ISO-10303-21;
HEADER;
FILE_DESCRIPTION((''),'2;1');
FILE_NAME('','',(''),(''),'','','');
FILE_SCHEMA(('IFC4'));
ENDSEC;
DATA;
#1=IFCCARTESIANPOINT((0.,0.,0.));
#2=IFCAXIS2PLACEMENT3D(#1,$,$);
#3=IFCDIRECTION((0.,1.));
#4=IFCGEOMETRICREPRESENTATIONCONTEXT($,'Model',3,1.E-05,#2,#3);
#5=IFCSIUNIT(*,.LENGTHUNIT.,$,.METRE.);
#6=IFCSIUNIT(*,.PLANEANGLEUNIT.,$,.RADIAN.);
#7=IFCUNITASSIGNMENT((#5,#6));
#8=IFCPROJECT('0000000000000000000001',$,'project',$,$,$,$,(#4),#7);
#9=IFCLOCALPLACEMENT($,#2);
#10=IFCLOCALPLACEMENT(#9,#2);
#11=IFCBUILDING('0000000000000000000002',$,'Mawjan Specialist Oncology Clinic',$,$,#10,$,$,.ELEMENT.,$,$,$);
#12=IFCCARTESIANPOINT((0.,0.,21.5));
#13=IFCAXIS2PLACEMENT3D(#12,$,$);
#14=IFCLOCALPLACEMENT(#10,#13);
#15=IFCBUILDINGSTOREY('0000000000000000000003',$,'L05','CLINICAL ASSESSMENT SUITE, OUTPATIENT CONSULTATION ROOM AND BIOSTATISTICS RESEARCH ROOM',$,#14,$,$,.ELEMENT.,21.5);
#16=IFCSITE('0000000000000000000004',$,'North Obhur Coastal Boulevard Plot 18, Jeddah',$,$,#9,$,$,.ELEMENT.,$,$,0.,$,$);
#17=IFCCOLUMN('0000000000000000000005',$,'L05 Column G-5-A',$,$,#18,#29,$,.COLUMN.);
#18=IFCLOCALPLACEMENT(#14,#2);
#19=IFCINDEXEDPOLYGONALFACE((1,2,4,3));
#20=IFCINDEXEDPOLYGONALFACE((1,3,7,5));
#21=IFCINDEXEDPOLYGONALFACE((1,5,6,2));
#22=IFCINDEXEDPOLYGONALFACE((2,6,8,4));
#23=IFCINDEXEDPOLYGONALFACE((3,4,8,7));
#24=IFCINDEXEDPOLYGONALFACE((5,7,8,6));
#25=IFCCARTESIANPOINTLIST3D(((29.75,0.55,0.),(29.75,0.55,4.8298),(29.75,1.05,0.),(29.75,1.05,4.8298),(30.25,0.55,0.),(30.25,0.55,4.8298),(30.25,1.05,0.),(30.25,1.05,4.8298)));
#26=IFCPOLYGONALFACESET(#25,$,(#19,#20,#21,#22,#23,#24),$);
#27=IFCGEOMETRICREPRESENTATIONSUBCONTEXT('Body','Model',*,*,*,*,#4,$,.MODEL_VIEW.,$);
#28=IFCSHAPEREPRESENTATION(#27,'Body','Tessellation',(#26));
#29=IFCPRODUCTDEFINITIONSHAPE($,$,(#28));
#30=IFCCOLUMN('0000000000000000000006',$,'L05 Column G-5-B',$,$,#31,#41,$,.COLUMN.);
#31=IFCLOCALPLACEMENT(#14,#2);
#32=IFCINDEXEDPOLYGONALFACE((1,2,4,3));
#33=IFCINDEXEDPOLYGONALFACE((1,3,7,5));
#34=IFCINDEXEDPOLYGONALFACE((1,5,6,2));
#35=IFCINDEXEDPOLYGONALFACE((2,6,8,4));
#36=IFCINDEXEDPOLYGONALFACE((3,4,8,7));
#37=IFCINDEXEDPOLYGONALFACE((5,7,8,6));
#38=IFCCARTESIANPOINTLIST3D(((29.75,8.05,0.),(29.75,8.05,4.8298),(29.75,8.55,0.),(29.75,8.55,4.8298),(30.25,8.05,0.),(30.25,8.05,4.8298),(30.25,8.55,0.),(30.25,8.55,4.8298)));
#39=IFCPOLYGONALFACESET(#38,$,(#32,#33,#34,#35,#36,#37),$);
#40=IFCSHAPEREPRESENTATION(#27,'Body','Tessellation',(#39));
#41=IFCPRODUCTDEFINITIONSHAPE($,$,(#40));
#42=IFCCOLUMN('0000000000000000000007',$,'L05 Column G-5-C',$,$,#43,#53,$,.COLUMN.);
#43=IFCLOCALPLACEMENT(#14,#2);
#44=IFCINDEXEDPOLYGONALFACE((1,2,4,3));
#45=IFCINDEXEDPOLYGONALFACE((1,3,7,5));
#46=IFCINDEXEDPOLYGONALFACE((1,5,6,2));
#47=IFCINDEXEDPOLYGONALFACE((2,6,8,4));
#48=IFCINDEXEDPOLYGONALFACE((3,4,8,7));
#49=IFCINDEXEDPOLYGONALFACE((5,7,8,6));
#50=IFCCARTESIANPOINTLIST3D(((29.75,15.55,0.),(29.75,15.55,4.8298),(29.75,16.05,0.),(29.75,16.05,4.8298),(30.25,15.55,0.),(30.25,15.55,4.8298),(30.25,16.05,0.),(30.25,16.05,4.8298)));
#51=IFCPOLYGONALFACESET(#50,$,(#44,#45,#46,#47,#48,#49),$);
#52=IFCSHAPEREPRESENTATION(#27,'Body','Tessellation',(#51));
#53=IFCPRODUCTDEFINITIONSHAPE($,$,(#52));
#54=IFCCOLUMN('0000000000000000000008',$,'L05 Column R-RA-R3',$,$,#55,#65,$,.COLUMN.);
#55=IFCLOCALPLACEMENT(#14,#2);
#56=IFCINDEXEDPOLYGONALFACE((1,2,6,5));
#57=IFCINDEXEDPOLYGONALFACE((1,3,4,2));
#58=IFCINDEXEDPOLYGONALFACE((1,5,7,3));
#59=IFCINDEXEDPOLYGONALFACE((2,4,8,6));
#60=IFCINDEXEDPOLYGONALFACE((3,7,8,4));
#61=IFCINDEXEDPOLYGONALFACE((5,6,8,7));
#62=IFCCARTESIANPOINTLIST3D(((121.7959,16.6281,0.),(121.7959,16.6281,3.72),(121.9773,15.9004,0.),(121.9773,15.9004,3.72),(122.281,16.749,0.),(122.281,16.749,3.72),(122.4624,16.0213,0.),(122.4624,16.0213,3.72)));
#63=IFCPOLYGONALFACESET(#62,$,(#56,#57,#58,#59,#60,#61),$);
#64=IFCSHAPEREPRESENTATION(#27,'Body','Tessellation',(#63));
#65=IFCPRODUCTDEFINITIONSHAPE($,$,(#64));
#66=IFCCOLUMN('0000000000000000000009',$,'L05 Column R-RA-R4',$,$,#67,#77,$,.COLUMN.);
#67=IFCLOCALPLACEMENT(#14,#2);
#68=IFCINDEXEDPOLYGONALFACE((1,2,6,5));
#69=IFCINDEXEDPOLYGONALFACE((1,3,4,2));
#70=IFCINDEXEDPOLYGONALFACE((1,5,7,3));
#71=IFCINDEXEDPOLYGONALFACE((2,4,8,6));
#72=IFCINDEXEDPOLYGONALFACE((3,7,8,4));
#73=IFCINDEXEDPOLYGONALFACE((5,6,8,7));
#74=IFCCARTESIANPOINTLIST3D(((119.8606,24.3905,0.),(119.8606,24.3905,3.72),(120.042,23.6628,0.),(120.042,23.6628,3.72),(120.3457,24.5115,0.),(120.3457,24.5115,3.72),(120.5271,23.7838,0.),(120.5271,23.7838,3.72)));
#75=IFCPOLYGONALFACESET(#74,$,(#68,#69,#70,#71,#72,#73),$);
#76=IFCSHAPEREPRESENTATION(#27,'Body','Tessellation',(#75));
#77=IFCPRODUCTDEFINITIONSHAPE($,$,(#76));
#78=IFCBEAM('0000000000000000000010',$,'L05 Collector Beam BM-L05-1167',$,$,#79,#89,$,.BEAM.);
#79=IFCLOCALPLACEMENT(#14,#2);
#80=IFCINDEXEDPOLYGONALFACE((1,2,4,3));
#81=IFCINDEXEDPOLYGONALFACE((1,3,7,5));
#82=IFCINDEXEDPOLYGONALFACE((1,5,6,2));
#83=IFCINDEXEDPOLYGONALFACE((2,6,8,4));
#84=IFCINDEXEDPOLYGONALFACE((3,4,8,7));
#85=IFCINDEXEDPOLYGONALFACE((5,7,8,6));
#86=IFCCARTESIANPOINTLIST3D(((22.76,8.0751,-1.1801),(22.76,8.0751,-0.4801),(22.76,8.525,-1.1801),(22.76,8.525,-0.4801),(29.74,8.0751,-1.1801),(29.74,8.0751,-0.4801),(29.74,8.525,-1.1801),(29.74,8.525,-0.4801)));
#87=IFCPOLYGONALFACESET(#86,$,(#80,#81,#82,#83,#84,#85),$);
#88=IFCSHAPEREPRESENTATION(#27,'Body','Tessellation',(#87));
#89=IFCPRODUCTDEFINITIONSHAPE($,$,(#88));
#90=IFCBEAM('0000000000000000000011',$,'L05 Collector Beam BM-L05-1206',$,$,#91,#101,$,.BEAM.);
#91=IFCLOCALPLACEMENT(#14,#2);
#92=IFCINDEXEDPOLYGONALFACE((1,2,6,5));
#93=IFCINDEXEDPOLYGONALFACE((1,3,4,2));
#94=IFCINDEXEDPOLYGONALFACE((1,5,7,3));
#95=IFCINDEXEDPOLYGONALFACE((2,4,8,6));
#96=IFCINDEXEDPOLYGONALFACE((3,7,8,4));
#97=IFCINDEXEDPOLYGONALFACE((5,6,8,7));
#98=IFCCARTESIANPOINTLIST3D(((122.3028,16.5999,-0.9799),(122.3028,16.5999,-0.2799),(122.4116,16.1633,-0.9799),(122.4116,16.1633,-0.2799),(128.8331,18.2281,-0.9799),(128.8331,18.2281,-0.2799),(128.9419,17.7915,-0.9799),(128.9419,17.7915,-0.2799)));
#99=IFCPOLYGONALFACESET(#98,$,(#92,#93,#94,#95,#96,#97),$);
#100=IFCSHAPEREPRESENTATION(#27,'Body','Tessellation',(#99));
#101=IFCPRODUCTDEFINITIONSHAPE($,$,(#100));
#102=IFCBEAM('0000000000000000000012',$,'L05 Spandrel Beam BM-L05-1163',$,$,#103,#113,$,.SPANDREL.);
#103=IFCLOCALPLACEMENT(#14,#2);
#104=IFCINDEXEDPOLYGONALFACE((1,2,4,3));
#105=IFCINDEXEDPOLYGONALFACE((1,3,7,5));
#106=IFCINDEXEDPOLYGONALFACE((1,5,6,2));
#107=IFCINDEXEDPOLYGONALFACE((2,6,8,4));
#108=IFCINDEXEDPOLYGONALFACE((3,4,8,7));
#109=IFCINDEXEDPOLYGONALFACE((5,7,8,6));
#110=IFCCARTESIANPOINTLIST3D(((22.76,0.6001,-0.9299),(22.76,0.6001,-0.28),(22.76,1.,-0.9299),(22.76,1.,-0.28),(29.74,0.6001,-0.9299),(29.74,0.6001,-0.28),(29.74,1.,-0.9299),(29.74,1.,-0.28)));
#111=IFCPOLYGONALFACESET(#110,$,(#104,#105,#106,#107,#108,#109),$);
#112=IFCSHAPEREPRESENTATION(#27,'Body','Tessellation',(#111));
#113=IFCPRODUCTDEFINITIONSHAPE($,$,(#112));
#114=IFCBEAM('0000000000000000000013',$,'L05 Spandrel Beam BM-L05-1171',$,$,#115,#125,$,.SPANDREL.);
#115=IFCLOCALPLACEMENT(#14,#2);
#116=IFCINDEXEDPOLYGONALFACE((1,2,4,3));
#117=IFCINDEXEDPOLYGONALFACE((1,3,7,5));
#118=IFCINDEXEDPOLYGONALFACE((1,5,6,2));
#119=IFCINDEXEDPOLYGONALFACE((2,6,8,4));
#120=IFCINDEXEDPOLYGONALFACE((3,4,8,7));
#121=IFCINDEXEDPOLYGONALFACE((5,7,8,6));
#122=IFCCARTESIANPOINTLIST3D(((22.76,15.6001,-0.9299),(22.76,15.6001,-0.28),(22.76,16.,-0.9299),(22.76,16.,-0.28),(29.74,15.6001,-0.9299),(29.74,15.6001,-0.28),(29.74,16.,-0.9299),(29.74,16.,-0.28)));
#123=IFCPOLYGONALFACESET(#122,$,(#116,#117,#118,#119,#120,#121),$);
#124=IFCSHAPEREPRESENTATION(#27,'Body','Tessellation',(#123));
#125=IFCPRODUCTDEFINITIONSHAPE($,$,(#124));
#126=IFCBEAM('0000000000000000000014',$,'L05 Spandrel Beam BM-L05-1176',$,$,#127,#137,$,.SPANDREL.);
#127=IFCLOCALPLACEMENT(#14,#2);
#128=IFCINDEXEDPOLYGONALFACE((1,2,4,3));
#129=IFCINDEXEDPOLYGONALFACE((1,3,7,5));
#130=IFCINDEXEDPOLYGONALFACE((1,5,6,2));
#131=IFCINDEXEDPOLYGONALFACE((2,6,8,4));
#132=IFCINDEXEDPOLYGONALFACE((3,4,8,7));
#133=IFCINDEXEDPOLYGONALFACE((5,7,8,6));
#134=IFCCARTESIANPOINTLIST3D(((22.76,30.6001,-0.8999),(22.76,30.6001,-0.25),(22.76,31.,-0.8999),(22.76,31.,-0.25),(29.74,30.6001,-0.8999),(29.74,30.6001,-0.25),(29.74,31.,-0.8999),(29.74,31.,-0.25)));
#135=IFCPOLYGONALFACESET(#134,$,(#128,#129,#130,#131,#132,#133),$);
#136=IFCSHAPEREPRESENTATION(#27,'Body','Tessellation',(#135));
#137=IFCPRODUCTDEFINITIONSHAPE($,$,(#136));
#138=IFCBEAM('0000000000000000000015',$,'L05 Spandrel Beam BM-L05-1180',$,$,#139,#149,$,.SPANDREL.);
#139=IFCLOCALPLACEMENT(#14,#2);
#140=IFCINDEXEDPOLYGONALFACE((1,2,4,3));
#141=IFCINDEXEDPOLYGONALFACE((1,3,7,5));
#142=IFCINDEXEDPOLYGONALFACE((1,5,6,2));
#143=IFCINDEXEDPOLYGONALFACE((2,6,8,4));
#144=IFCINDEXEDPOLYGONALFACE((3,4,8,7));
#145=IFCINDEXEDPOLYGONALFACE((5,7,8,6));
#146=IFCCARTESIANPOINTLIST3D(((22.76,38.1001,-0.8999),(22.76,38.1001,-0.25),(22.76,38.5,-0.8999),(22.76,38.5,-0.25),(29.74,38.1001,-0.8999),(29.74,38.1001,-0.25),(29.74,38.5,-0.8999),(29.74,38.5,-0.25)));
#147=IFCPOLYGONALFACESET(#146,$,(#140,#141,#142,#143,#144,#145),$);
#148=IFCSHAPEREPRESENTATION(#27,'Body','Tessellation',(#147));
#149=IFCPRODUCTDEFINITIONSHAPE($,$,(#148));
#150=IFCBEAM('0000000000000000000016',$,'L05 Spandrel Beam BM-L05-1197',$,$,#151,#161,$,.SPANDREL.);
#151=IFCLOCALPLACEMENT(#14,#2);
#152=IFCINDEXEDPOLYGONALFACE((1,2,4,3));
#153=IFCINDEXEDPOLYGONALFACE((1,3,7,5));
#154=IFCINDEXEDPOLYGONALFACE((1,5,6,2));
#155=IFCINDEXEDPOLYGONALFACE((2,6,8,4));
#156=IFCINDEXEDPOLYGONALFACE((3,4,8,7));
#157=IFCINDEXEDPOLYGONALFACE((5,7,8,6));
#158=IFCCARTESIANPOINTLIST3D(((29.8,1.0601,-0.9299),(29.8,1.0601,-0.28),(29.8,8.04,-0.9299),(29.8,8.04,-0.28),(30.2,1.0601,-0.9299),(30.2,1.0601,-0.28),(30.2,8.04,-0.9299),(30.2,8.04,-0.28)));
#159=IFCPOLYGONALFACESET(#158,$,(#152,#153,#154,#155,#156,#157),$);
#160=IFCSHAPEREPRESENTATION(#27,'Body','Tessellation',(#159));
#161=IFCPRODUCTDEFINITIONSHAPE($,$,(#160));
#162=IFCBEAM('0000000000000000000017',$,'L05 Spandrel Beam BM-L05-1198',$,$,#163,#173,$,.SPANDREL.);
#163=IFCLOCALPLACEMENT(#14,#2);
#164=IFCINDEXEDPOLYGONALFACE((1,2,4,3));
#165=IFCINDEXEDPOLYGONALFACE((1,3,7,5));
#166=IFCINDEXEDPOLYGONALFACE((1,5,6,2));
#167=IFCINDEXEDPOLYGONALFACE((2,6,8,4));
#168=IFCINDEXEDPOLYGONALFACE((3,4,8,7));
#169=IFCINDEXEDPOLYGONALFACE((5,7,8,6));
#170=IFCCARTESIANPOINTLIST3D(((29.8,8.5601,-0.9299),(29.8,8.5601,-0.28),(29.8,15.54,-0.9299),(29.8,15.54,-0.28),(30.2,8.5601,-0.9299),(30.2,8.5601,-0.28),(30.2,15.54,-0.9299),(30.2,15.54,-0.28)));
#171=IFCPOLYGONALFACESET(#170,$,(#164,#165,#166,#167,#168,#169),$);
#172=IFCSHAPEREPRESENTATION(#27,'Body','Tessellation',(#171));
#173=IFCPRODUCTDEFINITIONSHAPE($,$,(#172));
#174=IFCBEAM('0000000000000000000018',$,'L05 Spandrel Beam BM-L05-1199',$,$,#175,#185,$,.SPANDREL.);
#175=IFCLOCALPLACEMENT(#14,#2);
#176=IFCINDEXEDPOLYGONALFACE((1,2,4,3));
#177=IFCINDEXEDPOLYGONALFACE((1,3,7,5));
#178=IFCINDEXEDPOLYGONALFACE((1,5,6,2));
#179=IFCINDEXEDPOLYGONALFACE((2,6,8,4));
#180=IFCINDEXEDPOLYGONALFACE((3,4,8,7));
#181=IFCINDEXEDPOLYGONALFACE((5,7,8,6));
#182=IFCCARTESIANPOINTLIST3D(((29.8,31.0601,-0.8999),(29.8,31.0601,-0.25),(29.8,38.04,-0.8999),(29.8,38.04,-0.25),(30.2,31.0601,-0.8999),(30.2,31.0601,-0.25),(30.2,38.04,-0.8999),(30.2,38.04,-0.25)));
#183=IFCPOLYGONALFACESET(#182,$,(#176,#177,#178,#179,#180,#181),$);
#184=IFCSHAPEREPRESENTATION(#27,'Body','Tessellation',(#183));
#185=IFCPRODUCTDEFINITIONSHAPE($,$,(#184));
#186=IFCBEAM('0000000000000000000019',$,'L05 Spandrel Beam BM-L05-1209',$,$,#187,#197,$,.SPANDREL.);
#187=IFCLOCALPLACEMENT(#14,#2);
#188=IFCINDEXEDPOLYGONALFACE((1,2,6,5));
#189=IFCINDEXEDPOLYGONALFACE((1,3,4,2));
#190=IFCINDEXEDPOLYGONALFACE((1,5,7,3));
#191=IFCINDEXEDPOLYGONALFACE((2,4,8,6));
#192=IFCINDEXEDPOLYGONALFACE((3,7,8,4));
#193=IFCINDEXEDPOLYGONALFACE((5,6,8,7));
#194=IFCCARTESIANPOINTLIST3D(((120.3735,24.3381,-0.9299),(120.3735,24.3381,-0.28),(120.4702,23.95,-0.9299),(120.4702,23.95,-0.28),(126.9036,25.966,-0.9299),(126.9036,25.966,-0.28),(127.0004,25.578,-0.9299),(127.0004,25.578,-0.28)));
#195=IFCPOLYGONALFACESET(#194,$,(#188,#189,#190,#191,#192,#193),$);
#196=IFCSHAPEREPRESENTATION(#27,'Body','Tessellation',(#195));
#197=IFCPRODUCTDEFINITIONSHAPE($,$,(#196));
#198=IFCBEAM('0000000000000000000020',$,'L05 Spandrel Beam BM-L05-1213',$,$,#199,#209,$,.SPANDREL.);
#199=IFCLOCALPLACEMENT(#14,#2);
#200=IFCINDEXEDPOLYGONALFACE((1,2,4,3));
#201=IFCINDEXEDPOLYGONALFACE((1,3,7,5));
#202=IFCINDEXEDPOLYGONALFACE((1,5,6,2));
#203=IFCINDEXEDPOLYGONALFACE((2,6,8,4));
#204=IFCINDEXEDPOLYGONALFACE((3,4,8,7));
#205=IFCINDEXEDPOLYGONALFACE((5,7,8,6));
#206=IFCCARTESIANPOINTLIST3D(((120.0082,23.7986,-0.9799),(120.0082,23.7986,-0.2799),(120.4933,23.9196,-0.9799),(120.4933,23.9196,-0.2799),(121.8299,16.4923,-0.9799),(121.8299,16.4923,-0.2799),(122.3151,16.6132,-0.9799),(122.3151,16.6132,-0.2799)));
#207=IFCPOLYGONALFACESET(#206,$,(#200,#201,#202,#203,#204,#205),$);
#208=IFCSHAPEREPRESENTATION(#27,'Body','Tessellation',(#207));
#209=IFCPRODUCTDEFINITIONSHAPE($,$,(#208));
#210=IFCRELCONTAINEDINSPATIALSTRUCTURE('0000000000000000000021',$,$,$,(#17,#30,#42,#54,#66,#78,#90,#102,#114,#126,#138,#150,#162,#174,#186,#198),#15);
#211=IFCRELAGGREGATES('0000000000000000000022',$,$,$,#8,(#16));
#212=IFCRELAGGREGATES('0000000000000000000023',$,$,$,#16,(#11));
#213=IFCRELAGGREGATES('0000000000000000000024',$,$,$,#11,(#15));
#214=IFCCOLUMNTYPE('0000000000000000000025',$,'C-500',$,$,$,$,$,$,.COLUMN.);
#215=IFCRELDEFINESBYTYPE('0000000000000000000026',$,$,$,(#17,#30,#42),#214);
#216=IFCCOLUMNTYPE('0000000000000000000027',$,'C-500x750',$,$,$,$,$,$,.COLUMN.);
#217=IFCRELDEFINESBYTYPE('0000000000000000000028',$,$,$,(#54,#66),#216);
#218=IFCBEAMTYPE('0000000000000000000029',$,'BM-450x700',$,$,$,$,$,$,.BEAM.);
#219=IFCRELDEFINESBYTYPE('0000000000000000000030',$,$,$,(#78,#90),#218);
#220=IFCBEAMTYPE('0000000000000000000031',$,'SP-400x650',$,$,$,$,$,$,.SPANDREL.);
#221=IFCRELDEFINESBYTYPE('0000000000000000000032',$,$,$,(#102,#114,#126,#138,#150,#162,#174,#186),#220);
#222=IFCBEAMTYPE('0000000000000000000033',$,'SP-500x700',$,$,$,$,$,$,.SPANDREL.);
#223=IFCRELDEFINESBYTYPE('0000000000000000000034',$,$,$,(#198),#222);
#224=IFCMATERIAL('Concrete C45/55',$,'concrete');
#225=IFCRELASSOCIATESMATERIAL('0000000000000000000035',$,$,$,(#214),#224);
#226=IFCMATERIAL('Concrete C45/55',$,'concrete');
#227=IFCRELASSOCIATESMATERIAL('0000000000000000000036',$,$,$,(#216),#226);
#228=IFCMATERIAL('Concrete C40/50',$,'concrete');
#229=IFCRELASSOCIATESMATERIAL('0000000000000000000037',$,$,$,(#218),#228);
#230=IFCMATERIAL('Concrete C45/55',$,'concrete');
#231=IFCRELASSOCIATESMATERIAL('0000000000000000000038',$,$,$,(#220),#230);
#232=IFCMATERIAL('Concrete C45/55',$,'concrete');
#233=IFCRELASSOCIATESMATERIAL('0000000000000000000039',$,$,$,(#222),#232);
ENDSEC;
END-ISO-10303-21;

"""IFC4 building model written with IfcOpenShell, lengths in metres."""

from ifc_helpers import new_model, si_unit, direction, frame, origin, origin_2d, place, context, subcontext, project, spatial, rectangle, extrude, material, material_profile, profile_set, type_object, element, save


model = new_model("IFC4")

# Units and contexts
model_context = context("Model", 3, precision=1e-05, world=origin(), true_north=direction((0.0, 1.0)))
body_context = subcontext(model_context, "Body", "Model", "MODEL_VIEW")
ifc_project = project(units=[si_unit("LENGTHUNIT", "METRE"), si_unit("PLANEANGLEUNIT", "RADIAN")], contexts=[model_context])

# Site, building, storey
site_placement = place(None, origin())
site = spatial("IfcSite", under=ifc_project, at=site_placement, Name="North Obhur Coastal Boulevard Plot 18, Jeddah", CompositionType="ELEMENT", RefElevation=0.0)
building_placement = place(site_placement, origin())
building = spatial("IfcBuilding", under=site, at=building_placement, Name="Mawjan Specialist Oncology Clinic", CompositionType="ELEMENT")
storey_placement = place(building_placement, frame((0.0, 0.0, 21.5)))
storey = spatial("IfcBuildingStorey", under=building, at=storey_placement, Name="L05", Description="CLINICAL ASSESSMENT SUITE, OUTPATIENT CONSULTATION ROOM AND BIOSTATISTICS RESEARCH ROOM", CompositionType="ELEMENT", Elevation=21.5)

# Columns
ifc_material_1 = material(Name="Concrete C45/55", Category="concrete")
ifc_material_profile_1 = material_profile(ifc_material_1, rectangle(XDim=0.5, YDim=0.5, at=origin_2d()), Name="RC COL 500x500", Category="concrete")
ifc_profile_set_1 = profile_set([ifc_material_profile_1], Name="Concrete C45/55")
column_type_1 = type_object("IfcColumnType", Name="C-500", PredefinedType="COLUMN", material=ifc_profile_set_1)
for number, where, z_axis, x_axis, name in (
    (1, (30.0, 0.8, 0.0), (0.0, 0.0, 1.0), (1.0, 0.0, 0.0), "L05 Column G-5-A"),
    (2, (30.0, 8.3, 0.0), (0.0, 0.0, 1.0), (1.0, 0.0, 0.0), "L05 Column G-5-B"),
    (3, (30.0, 15.8, 0.0), (0.0, 0.0, 1.0), (1.0, 0.0, 0.0), "L05 Column G-5-C"),
):
    element("IfcColumn", number, at=place(storey_placement, frame(where, z_axis=z_axis, x_axis=x_axis)), inside=storey, type_object=column_type_1, Name=name, PredefinedType="COLUMN", context=body_context, shape_type="SweptSolid", body=[
        extrude(rectangle(XDim=0.5, YDim=0.5, at=origin_2d()), origin(), (0.0, 0.0, 1.0), 4.8298),
    ])
ifc_material_2 = material(Name="Concrete C45/55", Category="concrete")
ifc_material_profile_2 = material_profile(ifc_material_2, rectangle(XDim=0.5, YDim=0.75, at=origin_2d()), Name="RC COL 500x750", Category="concrete")
ifc_profile_set_2 = profile_set([ifc_material_profile_2], Name="Concrete C45/55")
column_type_2 = type_object("IfcColumnType", Name="C-500x750", PredefinedType="COLUMN", material=ifc_profile_set_2)
for number, where, z_axis, x_axis, name in (
    (4, (122.1292, 16.3247, 0.0), (0.0, 0.0, 1.0), (0.970296, 0.241922, 0.0), "L05 Column R-RA-R3"),
    (5, (120.1938, 24.0872, 0.0), (0.0, 0.0, 1.0), (0.970296, 0.241922, 0.0), "L05 Column R-RA-R4"),
):
    element("IfcColumn", number, at=place(storey_placement, frame(where, z_axis=z_axis, x_axis=x_axis)), inside=storey, type_object=column_type_2, Name=name, PredefinedType="COLUMN", context=body_context, shape_type="SweptSolid", body=[
        extrude(rectangle(XDim=0.5, YDim=0.75, at=origin_2d()), origin(), (0.0, 0.0, 1.0), 3.72),
    ])

# Beams
ifc_material_3 = material(Name="Concrete C40/50", Category="concrete")
ifc_material_profile_3 = material_profile(ifc_material_3, rectangle(XDim=0.45, YDim=0.7, at=origin_2d()), Name="RC BM 450x700", Category="concrete")
ifc_profile_set_3 = profile_set([ifc_material_profile_3], Name="Concrete C40/50")
beam_type_1 = type_object("IfcBeamType", Name="BM-450x700", PredefinedType="BEAM", material=ifc_profile_set_3)
beam_1_placement = place(storey_placement, frame((22.76, 8.3, -0.8301), z_axis=(1.0, 0.0, 0.0), x_axis=(0.0, 1.0, 0.0)))
element("IfcBeam", 6, at=beam_1_placement, inside=storey, type_object=beam_type_1, Name="L05 Collector Beam BM-L05-1167", PredefinedType="BEAM", context=body_context, shape_type="SweptSolid", body=[
    extrude(rectangle(XDim=0.45, YDim=0.7, at=origin_2d()), origin(), (0.0, 0.0, 1.0), 6.98),
])
beam_2_placement = place(storey_placement, frame((122.3572, 16.3816, -0.6299), z_axis=(0.970296, 0.241921, 0.0), x_axis=(-0.241921, 0.970296, 0.0)))
element("IfcBeam", 7, at=beam_2_placement, inside=storey, type_object=beam_type_1, Name="L05 Collector Beam BM-L05-1206", PredefinedType="BEAM", context=body_context, shape_type="SweptSolid", body=[
    extrude(rectangle(XDim=0.45, YDim=0.7, at=origin_2d()), origin(), (0.0, 0.0, 1.0), 6.7302),
])
ifc_material_4 = material(Name="Concrete C45/55", Category="concrete")
ifc_material_profile_4 = material_profile(ifc_material_4, rectangle(XDim=0.3999, YDim=0.6499, at=origin_2d()), Name="RC BM 400x650", Category="concrete")
ifc_profile_set_4 = profile_set([ifc_material_profile_4], Name="Concrete C45/55")
beam_type_2 = type_object("IfcBeamType", Name="SP-400x650", PredefinedType="SPANDREL", material=ifc_profile_set_4)
for number, where, z_axis, x_axis, name in (
    (8, (22.76, 0.8, -0.605), (1.0, 0.0, 0.0), (0.0, 1.0, 0.0), "L05 Spandrel Beam BM-L05-1163"),
    (9, (22.76, 15.8, -0.605), (1.0, 0.0, 0.0), (0.0, 1.0, 0.0), "L05 Spandrel Beam BM-L05-1171"),
    (10, (22.76, 30.8, -0.575), (1.0, 0.0, 0.0), (0.0, 1.0, 0.0), "L05 Spandrel Beam BM-L05-1176"),
    (11, (22.76, 38.3, -0.575), (1.0, 0.0, 0.0), (0.0, 1.0, 0.0), "L05 Spandrel Beam BM-L05-1180"),
    (12, (30.0, 1.0601, -0.605), (0.0, 1.0, 0.0), (-1.0, 0.0, 0.0), "L05 Spandrel Beam BM-L05-1197"),
    (13, (30.0, 8.5601, -0.605), (0.0, 1.0, 0.0), (-1.0, 0.0, 0.0), "L05 Spandrel Beam BM-L05-1198"),
    (14, (30.0, 31.0601, -0.575), (0.0, 1.0, 0.0), (-1.0, 0.0, 0.0), "L05 Spandrel Beam BM-L05-1199"),
):
    element("IfcBeam", number, at=place(storey_placement, frame(where, z_axis=z_axis, x_axis=x_axis)), inside=storey, type_object=beam_type_2, Name=name, PredefinedType="SPANDREL", context=body_context, shape_type="SweptSolid", body=[
        extrude(rectangle(XDim=0.3999, YDim=0.6499, at=origin_2d()), origin(), (0.0, 0.0, 1.0), 6.98),
    ])
beam_3_placement = place(storey_placement, frame((120.4219, 24.144, -0.605), z_axis=(0.970302, 0.241895, 0.0), x_axis=(-0.241895, 0.970302, 0.0)))
element("IfcBeam", 15, at=beam_3_placement, inside=storey, type_object=beam_type_2, Name="L05 Spandrel Beam BM-L05-1209", PredefinedType="SPANDREL", context=body_context, shape_type="SweptSolid", body=[
    extrude(rectangle(XDim=0.3999, YDim=0.6499, at=origin_2d()), origin(), (0.0, 0.0, 1.0), 6.73),
])
ifc_material_5 = material(Name="Concrete C45/55", Category="concrete")
ifc_material_profile_5 = material_profile(ifc_material_5, rectangle(XDim=0.5, YDim=0.7, at=origin_2d()), Name="RC BM 500x700", Category="concrete")
ifc_profile_set_5 = profile_set([ifc_material_profile_5], Name="Concrete C45/55")
beam_type_3 = type_object("IfcBeamType", Name="SP-500x700", PredefinedType="SPANDREL", material=ifc_profile_set_5)
beam_4_placement = place(storey_placement, frame((122.0725, 16.5527, -0.6299), z_axis=(-0.241933, 0.970293, 0.0), x_axis=(-0.970293, -0.241933, 0.0)))
element("IfcBeam", 16, at=beam_4_placement, inside=storey, type_object=beam_type_3, Name="L05 Spandrel Beam BM-L05-1213", PredefinedType="SPANDREL", context=body_context, shape_type="SweptSolid", body=[
    extrude(rectangle(XDim=0.5, YDim=0.7, at=origin_2d()), origin(), (0.0, 0.0, 1.0), 7.53),
])

save(model, "model.ifc")
